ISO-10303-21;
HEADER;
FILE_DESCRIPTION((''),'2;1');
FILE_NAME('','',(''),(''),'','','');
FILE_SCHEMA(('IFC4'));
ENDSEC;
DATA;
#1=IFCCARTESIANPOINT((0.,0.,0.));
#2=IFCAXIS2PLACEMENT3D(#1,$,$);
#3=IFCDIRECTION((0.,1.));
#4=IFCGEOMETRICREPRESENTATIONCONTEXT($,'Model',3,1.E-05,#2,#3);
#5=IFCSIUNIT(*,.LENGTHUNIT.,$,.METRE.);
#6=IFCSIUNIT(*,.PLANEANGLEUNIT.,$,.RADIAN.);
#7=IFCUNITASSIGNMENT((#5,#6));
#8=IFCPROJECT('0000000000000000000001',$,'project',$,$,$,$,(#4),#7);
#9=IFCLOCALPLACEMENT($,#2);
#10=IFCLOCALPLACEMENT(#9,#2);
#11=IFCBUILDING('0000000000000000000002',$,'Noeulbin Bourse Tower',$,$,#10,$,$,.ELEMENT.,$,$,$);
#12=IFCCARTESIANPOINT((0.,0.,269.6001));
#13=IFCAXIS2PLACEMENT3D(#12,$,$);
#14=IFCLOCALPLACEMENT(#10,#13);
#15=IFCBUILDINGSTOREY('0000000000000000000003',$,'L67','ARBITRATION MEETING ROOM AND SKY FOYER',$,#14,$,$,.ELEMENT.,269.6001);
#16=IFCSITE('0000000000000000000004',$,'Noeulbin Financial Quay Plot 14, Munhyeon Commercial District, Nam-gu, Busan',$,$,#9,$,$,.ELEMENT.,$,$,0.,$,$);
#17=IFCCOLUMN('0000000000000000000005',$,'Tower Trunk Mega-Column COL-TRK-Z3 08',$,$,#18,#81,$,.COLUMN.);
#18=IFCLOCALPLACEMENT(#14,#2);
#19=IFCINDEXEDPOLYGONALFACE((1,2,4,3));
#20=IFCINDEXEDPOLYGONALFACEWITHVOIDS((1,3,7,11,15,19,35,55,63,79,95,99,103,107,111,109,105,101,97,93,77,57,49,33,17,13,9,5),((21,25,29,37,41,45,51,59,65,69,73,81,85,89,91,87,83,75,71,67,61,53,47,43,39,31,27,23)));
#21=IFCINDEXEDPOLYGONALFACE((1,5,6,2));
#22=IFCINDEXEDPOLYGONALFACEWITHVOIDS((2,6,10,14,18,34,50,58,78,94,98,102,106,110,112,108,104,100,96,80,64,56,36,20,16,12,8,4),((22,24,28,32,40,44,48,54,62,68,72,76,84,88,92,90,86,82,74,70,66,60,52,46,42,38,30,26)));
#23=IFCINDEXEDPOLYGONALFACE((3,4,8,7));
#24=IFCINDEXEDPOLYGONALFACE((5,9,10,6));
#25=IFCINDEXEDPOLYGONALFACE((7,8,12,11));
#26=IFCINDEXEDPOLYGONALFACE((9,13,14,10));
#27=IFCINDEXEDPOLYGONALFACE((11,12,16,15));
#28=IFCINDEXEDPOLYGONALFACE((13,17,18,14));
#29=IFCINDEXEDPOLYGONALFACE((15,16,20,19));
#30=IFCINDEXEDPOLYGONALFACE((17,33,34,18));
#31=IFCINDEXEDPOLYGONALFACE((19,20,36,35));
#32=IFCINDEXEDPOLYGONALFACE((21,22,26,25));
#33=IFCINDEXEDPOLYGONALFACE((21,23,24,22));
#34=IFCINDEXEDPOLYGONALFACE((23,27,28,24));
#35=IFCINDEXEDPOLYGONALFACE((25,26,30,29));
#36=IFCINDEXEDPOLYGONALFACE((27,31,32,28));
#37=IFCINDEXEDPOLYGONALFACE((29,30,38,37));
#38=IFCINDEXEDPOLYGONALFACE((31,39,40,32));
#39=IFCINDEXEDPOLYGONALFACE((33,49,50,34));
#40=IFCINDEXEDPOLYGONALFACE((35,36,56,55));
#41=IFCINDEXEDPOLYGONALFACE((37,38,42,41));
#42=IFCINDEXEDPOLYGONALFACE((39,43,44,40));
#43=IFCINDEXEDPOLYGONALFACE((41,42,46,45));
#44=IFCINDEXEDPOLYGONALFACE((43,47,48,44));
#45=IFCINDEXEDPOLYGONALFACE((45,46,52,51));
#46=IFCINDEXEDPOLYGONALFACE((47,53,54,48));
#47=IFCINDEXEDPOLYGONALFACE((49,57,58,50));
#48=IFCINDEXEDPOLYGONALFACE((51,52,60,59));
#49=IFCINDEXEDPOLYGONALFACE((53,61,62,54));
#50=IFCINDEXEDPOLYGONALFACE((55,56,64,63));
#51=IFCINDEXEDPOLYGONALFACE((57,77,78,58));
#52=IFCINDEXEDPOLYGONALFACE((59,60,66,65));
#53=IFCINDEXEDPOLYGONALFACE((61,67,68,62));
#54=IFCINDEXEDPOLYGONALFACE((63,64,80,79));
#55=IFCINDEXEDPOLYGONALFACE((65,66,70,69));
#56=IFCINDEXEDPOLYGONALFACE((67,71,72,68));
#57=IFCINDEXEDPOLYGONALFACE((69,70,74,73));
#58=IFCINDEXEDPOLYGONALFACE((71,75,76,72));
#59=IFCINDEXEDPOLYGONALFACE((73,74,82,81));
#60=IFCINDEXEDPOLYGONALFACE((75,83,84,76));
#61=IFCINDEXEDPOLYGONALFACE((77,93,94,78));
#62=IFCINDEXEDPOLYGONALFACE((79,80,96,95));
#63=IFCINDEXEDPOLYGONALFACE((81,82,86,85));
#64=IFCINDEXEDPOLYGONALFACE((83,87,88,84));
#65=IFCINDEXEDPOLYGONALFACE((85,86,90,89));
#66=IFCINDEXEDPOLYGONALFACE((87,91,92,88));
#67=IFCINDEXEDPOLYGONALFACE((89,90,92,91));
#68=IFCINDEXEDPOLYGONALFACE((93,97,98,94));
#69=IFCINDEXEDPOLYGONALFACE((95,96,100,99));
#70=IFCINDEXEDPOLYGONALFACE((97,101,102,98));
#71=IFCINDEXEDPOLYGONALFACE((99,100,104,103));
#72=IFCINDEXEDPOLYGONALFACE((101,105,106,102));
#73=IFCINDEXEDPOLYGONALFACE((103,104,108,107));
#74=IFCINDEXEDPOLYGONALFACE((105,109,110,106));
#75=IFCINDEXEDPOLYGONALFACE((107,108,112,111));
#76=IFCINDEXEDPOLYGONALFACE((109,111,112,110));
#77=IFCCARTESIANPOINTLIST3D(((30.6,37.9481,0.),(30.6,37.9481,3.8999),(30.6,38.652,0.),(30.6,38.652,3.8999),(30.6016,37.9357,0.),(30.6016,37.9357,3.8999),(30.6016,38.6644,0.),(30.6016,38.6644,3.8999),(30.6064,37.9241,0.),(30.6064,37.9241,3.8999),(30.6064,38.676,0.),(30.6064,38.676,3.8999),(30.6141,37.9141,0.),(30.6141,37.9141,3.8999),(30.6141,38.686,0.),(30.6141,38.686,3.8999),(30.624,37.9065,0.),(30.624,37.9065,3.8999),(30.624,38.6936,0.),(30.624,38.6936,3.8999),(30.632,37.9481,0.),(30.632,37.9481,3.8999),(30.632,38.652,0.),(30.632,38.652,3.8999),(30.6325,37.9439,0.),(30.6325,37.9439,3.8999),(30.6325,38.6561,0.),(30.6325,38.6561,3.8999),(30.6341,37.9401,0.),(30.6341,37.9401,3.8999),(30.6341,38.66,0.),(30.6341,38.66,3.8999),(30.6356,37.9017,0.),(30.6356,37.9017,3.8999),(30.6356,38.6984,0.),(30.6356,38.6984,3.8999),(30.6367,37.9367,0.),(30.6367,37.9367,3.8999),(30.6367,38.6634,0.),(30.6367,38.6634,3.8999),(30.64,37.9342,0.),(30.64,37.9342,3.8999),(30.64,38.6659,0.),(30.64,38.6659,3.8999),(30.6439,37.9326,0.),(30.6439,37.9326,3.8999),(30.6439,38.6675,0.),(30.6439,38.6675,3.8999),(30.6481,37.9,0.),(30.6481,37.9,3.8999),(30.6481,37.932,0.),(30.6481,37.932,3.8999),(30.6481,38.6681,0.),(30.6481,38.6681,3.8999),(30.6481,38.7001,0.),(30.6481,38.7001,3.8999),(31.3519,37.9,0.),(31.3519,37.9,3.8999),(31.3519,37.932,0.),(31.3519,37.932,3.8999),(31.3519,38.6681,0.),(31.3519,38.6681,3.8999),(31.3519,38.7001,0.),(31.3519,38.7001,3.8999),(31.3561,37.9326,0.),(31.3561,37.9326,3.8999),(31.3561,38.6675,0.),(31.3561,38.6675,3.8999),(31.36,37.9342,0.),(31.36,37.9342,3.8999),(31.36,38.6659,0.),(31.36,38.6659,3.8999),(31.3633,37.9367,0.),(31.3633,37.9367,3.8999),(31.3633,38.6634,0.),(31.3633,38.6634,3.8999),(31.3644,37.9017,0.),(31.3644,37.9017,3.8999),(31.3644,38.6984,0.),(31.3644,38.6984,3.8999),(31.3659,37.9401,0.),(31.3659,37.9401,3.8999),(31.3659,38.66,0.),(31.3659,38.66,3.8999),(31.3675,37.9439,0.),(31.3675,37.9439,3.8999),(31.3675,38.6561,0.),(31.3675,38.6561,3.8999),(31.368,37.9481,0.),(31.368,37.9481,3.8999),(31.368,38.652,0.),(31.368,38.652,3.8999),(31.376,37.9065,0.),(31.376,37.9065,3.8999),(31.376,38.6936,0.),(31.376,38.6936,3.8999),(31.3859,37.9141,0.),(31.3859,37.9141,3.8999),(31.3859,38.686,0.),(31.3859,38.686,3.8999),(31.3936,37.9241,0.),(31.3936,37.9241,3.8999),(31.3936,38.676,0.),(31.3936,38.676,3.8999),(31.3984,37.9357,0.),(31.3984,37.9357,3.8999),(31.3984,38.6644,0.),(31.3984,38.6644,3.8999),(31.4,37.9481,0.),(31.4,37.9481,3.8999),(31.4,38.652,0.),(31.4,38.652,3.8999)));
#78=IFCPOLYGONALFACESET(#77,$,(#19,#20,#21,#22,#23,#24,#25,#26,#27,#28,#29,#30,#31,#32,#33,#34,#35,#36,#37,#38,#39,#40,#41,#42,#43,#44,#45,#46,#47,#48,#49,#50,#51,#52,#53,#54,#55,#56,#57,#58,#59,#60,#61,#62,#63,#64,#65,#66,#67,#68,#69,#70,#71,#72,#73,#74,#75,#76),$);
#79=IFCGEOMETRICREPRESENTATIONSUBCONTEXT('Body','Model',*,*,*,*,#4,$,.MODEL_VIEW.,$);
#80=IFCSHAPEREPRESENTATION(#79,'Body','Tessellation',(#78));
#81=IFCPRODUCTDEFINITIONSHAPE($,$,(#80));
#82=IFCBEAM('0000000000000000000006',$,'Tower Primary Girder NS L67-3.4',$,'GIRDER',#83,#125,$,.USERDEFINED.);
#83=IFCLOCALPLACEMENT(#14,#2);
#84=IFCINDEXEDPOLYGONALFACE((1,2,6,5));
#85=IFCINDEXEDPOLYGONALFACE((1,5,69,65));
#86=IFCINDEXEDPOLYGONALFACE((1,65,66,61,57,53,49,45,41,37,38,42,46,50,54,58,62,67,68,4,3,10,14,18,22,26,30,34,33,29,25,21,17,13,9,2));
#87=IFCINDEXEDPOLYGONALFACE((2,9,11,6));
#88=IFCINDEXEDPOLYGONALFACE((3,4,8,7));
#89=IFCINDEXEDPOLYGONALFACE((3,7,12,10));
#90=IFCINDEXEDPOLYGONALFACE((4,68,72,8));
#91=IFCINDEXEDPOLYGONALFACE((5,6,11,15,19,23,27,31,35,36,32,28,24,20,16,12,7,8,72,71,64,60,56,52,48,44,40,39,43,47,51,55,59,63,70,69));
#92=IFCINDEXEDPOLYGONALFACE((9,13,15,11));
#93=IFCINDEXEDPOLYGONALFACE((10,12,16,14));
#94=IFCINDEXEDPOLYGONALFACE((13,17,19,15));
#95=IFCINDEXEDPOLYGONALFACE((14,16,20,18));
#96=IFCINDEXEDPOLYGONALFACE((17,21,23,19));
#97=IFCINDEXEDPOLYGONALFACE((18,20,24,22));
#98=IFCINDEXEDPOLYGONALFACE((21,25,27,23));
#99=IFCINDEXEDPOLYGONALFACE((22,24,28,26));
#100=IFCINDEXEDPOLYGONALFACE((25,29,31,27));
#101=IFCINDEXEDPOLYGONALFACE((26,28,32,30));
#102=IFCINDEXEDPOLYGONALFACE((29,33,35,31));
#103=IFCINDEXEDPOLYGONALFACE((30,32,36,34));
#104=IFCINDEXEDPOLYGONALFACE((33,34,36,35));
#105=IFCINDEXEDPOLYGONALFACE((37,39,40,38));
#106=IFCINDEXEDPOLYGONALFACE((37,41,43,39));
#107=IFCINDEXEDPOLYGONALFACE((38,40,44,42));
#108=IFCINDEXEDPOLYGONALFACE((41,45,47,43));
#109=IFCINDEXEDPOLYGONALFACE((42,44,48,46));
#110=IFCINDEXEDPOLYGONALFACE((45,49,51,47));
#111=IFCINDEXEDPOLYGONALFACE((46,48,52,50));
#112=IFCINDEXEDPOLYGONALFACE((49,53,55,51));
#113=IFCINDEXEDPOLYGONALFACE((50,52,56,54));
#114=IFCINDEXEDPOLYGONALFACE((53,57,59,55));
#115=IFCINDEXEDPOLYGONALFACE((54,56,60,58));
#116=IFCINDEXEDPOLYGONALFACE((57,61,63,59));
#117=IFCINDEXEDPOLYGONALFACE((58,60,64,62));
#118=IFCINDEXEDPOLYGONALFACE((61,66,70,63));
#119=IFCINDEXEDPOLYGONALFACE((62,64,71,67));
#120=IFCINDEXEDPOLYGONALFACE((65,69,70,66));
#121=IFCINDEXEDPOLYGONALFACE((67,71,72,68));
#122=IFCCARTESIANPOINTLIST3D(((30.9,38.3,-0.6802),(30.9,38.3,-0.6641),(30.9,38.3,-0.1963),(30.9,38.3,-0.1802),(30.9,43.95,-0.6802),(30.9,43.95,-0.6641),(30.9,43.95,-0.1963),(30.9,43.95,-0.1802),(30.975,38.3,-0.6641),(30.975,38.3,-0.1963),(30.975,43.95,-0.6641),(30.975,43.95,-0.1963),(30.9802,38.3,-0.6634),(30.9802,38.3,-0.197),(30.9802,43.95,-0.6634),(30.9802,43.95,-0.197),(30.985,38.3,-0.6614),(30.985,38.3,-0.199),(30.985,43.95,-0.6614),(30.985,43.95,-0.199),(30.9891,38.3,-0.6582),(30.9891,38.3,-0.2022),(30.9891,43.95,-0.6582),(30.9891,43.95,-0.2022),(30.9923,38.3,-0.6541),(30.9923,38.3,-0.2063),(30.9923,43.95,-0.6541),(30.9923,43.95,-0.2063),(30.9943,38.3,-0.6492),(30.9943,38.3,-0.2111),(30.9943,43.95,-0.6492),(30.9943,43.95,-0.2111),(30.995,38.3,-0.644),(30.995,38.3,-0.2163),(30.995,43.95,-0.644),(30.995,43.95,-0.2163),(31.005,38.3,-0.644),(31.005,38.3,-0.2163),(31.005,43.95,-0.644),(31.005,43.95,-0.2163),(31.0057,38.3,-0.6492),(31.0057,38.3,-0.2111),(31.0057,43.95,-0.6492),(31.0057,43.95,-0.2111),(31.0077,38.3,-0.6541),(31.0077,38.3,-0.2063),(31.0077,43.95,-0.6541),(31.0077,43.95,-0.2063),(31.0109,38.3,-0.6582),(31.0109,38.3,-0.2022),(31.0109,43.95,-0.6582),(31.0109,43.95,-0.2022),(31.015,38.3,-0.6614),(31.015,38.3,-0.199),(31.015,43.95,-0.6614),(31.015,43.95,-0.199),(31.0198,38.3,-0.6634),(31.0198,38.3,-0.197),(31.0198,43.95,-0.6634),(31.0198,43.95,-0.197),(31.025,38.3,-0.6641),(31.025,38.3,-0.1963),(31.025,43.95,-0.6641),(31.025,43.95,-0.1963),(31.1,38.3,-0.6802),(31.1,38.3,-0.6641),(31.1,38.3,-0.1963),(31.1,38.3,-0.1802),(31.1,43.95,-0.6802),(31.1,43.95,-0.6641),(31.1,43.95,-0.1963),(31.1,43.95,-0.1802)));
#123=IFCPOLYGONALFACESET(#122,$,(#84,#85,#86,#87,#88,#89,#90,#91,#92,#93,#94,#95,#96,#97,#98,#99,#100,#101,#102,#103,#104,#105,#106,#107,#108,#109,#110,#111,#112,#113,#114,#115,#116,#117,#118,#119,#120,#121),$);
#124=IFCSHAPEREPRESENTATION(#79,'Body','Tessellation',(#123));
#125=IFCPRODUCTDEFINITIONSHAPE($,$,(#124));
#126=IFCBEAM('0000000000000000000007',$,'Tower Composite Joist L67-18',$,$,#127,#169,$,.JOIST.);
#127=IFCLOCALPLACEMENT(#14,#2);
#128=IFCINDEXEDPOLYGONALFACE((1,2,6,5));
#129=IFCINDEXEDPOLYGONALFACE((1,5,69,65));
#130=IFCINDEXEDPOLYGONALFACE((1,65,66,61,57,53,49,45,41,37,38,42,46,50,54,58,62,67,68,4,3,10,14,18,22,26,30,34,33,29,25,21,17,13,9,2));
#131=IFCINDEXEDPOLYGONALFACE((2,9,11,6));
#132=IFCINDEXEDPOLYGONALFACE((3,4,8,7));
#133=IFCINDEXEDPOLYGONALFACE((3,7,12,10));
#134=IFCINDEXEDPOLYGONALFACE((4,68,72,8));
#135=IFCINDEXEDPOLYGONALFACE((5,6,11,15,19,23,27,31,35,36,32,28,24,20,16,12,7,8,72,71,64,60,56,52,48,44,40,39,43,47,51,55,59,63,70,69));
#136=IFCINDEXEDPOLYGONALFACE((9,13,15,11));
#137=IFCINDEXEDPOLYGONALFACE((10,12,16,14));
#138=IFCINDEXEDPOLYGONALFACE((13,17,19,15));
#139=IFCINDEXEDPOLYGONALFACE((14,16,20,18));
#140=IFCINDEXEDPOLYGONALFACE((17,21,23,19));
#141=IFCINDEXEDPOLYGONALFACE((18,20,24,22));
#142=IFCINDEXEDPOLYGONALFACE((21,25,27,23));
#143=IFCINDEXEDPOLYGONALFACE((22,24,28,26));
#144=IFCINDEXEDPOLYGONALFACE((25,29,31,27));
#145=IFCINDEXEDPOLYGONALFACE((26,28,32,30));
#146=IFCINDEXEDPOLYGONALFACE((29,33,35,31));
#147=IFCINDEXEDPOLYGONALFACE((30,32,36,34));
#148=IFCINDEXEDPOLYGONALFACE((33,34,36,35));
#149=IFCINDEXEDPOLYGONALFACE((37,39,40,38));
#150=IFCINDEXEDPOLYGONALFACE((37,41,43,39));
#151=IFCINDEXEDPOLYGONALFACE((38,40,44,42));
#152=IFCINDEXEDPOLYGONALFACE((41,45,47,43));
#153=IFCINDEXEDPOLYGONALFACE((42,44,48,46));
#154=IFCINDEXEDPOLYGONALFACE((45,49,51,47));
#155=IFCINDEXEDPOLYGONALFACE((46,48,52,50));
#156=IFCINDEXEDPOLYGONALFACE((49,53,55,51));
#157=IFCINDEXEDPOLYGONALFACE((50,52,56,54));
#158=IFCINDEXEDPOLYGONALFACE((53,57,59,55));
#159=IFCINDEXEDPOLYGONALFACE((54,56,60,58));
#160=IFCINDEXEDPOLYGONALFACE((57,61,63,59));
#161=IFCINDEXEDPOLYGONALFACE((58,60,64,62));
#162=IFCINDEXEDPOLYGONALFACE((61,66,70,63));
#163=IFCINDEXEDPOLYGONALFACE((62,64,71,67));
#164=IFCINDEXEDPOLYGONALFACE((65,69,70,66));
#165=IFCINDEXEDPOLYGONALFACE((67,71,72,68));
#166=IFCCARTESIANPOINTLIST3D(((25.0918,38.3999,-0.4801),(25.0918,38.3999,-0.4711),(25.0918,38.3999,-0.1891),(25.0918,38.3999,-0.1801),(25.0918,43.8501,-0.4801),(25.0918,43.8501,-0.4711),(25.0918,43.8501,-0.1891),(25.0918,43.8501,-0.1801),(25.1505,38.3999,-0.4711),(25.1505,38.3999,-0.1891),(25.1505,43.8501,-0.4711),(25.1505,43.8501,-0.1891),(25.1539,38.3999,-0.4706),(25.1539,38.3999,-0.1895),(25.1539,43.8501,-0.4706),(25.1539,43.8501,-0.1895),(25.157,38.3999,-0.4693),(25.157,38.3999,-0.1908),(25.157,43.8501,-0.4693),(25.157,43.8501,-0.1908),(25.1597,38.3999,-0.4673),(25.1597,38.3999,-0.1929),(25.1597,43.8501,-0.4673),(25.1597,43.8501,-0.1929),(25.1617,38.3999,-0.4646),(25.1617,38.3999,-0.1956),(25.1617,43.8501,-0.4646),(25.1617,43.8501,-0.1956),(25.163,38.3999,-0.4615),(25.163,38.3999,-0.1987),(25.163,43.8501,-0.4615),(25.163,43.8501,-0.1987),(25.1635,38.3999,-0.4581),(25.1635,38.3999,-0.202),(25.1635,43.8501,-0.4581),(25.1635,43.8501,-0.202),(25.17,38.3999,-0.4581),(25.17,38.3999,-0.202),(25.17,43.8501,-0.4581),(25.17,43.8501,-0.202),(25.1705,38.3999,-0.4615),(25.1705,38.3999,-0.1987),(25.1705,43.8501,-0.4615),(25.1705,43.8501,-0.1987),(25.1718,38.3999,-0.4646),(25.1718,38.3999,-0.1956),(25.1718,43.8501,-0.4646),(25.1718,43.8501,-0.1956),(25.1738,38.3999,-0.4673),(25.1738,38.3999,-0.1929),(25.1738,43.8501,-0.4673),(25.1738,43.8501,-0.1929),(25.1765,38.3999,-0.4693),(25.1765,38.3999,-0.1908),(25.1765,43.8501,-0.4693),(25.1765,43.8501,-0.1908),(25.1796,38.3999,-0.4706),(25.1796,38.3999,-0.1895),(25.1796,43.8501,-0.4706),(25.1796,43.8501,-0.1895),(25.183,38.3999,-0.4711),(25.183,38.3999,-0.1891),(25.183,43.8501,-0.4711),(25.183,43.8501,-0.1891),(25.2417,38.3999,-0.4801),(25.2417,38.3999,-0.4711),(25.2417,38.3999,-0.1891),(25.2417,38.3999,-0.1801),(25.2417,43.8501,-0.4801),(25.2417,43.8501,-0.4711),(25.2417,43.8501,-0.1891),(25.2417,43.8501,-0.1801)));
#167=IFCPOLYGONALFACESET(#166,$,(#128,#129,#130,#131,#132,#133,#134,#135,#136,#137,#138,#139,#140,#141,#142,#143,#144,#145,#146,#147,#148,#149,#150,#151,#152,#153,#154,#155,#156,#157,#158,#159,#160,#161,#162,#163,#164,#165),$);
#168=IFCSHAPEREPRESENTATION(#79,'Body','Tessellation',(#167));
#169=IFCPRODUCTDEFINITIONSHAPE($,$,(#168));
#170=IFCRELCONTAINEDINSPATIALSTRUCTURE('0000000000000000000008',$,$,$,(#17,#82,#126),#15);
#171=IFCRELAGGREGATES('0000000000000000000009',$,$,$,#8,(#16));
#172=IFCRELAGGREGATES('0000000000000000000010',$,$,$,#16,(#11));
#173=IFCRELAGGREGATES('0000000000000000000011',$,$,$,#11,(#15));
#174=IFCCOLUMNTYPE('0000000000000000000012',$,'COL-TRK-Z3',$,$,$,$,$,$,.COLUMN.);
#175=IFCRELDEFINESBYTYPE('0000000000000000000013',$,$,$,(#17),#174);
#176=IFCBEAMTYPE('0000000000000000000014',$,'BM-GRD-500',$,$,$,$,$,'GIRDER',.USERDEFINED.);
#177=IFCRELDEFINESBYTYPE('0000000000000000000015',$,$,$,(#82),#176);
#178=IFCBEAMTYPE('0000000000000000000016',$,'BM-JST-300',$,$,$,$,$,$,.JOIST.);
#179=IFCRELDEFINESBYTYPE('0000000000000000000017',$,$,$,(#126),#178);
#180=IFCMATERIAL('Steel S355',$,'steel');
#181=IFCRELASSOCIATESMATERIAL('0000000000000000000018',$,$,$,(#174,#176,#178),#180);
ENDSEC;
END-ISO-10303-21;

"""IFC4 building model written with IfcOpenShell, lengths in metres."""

from ifc_helpers import new_model, si_unit, direction, frame, origin, origin_2d, place, context, subcontext, project, spatial, hollow_rectangle, i_section, extrude, material, material_profile, profile_set, type_object, element, save


model = new_model("IFC4")

# Units and contexts
model_context = context("Model", 3, precision=1e-05, world=origin(), true_north=direction((0.0, 1.0)))
body_context = subcontext(model_context, "Body", "Model", "MODEL_VIEW")
ifc_project = project(units=[si_unit("LENGTHUNIT", "METRE"), si_unit("PLANEANGLEUNIT", "RADIAN")], contexts=[model_context])

# Site, building, storey
site_placement = place(None, origin())
site = spatial("IfcSite", under=ifc_project, at=site_placement, Name="Noeulbin Financial Quay Plot 14, Munhyeon Commercial District, Nam-gu, Busan", CompositionType="ELEMENT", RefElevation=0.0)
building_placement = place(site_placement, origin())
building = spatial("IfcBuilding", under=site, at=building_placement, Name="Noeulbin Bourse Tower", CompositionType="ELEMENT")
storey_placement = place(building_placement, frame((0.0, 0.0, 269.6001)))
storey = spatial("IfcBuildingStorey", under=building, at=storey_placement, Name="L67", Description="ARBITRATION MEETING ROOM AND SKY FOYER", CompositionType="ELEMENT", Elevation=269.6001)

# Column
ifc_material_1 = material(Name="Steel S355", Category="steel")
ifc_material_profile_1 = material_profile(ifc_material_1, hollow_rectangle(XDim=0.8, YDim=0.8, WallThickness=0.032, InnerFilletRadius=0.0161, OuterFilletRadius=0.0481, at=origin_2d()), Name="BOX-800x800x32", Category="LoadBearing")
ifc_profile_set_1 = profile_set([ifc_material_profile_1], Name="Steel S355")
column_type = type_object("IfcColumnType", Name="COL-TRK-Z3", PredefinedType="COLUMN", material=ifc_profile_set_1)
column_placement = place(storey_placement, frame((31.0, 38.3, 0.0), z_axis=(0.0, 0.0, 1.0), x_axis=(1.0, 0.0, 0.0)))
element("IfcColumn", 1, at=column_placement, inside=storey, type_object=column_type, Name="Tower Trunk Mega-Column COL-TRK-Z3 08", PredefinedType="COLUMN", context=body_context, shape_type="SweptSolid", body=[
    extrude(hollow_rectangle(XDim=0.8, YDim=0.8, WallThickness=0.032, InnerFilletRadius=0.0161, OuterFilletRadius=0.0481, at=origin_2d()), origin(), (0.0, 0.0, 1.0), 3.8999),
])

# Beams
ifc_material_profile_2 = material_profile(ifc_material_1, i_section(OverallWidth=0.2, OverallDepth=0.5, WebThickness=0.01, FlangeThickness=0.0161, FilletRadius=0.02, at=origin_2d()), Name="H-500x200x10x16", Category="LoadBearing")
ifc_profile_set_2 = profile_set([ifc_material_profile_2], Name="Steel S355")
beam_type_1 = type_object("IfcBeamType", Name="BM-GRD-500", ElementType="GIRDER", PredefinedType="USERDEFINED", material=ifc_profile_set_2)
beam_placement = place(storey_placement, frame((31.0, 38.3, -0.4302), z_axis=(0.0, 1.0, 0.0), x_axis=(-1.0, 0.0, 0.0)))
element("IfcBeam", 2, at=beam_placement, inside=storey, type_object=beam_type_1, Name="Tower Primary Girder NS L67-3.4", ObjectType="GIRDER", PredefinedType="USERDEFINED", context=body_context, shape_type="SweptSolid", body=[
    extrude(i_section(OverallWidth=0.2, OverallDepth=0.5, WebThickness=0.01, FlangeThickness=0.0161, FilletRadius=0.02, at=origin_2d()), origin(), (0.0, 0.0, 1.0), 5.6499),
])
ifc_material_profile_3 = material_profile(ifc_material_1, i_section(OverallWidth=0.1499, OverallDepth=0.3, WebThickness=0.0066, FlangeThickness=0.009, FilletRadius=0.0129, at=origin_2d()), Name="H-300x150x6.5x9", Category="LoadBearing")
ifc_profile_set_3 = profile_set([ifc_material_profile_3], Name="Steel S355")
beam_type_2 = type_object("IfcBeamType", Name="BM-JST-300", PredefinedType="JOIST", material=ifc_profile_set_3)
for number, where, z_axis, x_axis, name in (
    (3, (25.1667, 38.3999, -0.3301), (0.0, 1.0, 0.0), (-1.0, 0.0, 0.0), "Tower Composite Joist L67-18"),
):
    element("IfcBeam", number, at=place(storey_placement, frame(where, z_axis=z_axis, x_axis=x_axis)), inside=storey, type_object=beam_type_2, Name=name, PredefinedType="JOIST", context=body_context, shape_type="SweptSolid", body=[
        extrude(i_section(OverallWidth=0.1499, OverallDepth=0.3, WebThickness=0.0066, FlangeThickness=0.009, FilletRadius=0.0129, at=origin_2d()), origin(), (0.0, 0.0, 1.0), 5.4502),
    ])

save(model, "model.ifc")
